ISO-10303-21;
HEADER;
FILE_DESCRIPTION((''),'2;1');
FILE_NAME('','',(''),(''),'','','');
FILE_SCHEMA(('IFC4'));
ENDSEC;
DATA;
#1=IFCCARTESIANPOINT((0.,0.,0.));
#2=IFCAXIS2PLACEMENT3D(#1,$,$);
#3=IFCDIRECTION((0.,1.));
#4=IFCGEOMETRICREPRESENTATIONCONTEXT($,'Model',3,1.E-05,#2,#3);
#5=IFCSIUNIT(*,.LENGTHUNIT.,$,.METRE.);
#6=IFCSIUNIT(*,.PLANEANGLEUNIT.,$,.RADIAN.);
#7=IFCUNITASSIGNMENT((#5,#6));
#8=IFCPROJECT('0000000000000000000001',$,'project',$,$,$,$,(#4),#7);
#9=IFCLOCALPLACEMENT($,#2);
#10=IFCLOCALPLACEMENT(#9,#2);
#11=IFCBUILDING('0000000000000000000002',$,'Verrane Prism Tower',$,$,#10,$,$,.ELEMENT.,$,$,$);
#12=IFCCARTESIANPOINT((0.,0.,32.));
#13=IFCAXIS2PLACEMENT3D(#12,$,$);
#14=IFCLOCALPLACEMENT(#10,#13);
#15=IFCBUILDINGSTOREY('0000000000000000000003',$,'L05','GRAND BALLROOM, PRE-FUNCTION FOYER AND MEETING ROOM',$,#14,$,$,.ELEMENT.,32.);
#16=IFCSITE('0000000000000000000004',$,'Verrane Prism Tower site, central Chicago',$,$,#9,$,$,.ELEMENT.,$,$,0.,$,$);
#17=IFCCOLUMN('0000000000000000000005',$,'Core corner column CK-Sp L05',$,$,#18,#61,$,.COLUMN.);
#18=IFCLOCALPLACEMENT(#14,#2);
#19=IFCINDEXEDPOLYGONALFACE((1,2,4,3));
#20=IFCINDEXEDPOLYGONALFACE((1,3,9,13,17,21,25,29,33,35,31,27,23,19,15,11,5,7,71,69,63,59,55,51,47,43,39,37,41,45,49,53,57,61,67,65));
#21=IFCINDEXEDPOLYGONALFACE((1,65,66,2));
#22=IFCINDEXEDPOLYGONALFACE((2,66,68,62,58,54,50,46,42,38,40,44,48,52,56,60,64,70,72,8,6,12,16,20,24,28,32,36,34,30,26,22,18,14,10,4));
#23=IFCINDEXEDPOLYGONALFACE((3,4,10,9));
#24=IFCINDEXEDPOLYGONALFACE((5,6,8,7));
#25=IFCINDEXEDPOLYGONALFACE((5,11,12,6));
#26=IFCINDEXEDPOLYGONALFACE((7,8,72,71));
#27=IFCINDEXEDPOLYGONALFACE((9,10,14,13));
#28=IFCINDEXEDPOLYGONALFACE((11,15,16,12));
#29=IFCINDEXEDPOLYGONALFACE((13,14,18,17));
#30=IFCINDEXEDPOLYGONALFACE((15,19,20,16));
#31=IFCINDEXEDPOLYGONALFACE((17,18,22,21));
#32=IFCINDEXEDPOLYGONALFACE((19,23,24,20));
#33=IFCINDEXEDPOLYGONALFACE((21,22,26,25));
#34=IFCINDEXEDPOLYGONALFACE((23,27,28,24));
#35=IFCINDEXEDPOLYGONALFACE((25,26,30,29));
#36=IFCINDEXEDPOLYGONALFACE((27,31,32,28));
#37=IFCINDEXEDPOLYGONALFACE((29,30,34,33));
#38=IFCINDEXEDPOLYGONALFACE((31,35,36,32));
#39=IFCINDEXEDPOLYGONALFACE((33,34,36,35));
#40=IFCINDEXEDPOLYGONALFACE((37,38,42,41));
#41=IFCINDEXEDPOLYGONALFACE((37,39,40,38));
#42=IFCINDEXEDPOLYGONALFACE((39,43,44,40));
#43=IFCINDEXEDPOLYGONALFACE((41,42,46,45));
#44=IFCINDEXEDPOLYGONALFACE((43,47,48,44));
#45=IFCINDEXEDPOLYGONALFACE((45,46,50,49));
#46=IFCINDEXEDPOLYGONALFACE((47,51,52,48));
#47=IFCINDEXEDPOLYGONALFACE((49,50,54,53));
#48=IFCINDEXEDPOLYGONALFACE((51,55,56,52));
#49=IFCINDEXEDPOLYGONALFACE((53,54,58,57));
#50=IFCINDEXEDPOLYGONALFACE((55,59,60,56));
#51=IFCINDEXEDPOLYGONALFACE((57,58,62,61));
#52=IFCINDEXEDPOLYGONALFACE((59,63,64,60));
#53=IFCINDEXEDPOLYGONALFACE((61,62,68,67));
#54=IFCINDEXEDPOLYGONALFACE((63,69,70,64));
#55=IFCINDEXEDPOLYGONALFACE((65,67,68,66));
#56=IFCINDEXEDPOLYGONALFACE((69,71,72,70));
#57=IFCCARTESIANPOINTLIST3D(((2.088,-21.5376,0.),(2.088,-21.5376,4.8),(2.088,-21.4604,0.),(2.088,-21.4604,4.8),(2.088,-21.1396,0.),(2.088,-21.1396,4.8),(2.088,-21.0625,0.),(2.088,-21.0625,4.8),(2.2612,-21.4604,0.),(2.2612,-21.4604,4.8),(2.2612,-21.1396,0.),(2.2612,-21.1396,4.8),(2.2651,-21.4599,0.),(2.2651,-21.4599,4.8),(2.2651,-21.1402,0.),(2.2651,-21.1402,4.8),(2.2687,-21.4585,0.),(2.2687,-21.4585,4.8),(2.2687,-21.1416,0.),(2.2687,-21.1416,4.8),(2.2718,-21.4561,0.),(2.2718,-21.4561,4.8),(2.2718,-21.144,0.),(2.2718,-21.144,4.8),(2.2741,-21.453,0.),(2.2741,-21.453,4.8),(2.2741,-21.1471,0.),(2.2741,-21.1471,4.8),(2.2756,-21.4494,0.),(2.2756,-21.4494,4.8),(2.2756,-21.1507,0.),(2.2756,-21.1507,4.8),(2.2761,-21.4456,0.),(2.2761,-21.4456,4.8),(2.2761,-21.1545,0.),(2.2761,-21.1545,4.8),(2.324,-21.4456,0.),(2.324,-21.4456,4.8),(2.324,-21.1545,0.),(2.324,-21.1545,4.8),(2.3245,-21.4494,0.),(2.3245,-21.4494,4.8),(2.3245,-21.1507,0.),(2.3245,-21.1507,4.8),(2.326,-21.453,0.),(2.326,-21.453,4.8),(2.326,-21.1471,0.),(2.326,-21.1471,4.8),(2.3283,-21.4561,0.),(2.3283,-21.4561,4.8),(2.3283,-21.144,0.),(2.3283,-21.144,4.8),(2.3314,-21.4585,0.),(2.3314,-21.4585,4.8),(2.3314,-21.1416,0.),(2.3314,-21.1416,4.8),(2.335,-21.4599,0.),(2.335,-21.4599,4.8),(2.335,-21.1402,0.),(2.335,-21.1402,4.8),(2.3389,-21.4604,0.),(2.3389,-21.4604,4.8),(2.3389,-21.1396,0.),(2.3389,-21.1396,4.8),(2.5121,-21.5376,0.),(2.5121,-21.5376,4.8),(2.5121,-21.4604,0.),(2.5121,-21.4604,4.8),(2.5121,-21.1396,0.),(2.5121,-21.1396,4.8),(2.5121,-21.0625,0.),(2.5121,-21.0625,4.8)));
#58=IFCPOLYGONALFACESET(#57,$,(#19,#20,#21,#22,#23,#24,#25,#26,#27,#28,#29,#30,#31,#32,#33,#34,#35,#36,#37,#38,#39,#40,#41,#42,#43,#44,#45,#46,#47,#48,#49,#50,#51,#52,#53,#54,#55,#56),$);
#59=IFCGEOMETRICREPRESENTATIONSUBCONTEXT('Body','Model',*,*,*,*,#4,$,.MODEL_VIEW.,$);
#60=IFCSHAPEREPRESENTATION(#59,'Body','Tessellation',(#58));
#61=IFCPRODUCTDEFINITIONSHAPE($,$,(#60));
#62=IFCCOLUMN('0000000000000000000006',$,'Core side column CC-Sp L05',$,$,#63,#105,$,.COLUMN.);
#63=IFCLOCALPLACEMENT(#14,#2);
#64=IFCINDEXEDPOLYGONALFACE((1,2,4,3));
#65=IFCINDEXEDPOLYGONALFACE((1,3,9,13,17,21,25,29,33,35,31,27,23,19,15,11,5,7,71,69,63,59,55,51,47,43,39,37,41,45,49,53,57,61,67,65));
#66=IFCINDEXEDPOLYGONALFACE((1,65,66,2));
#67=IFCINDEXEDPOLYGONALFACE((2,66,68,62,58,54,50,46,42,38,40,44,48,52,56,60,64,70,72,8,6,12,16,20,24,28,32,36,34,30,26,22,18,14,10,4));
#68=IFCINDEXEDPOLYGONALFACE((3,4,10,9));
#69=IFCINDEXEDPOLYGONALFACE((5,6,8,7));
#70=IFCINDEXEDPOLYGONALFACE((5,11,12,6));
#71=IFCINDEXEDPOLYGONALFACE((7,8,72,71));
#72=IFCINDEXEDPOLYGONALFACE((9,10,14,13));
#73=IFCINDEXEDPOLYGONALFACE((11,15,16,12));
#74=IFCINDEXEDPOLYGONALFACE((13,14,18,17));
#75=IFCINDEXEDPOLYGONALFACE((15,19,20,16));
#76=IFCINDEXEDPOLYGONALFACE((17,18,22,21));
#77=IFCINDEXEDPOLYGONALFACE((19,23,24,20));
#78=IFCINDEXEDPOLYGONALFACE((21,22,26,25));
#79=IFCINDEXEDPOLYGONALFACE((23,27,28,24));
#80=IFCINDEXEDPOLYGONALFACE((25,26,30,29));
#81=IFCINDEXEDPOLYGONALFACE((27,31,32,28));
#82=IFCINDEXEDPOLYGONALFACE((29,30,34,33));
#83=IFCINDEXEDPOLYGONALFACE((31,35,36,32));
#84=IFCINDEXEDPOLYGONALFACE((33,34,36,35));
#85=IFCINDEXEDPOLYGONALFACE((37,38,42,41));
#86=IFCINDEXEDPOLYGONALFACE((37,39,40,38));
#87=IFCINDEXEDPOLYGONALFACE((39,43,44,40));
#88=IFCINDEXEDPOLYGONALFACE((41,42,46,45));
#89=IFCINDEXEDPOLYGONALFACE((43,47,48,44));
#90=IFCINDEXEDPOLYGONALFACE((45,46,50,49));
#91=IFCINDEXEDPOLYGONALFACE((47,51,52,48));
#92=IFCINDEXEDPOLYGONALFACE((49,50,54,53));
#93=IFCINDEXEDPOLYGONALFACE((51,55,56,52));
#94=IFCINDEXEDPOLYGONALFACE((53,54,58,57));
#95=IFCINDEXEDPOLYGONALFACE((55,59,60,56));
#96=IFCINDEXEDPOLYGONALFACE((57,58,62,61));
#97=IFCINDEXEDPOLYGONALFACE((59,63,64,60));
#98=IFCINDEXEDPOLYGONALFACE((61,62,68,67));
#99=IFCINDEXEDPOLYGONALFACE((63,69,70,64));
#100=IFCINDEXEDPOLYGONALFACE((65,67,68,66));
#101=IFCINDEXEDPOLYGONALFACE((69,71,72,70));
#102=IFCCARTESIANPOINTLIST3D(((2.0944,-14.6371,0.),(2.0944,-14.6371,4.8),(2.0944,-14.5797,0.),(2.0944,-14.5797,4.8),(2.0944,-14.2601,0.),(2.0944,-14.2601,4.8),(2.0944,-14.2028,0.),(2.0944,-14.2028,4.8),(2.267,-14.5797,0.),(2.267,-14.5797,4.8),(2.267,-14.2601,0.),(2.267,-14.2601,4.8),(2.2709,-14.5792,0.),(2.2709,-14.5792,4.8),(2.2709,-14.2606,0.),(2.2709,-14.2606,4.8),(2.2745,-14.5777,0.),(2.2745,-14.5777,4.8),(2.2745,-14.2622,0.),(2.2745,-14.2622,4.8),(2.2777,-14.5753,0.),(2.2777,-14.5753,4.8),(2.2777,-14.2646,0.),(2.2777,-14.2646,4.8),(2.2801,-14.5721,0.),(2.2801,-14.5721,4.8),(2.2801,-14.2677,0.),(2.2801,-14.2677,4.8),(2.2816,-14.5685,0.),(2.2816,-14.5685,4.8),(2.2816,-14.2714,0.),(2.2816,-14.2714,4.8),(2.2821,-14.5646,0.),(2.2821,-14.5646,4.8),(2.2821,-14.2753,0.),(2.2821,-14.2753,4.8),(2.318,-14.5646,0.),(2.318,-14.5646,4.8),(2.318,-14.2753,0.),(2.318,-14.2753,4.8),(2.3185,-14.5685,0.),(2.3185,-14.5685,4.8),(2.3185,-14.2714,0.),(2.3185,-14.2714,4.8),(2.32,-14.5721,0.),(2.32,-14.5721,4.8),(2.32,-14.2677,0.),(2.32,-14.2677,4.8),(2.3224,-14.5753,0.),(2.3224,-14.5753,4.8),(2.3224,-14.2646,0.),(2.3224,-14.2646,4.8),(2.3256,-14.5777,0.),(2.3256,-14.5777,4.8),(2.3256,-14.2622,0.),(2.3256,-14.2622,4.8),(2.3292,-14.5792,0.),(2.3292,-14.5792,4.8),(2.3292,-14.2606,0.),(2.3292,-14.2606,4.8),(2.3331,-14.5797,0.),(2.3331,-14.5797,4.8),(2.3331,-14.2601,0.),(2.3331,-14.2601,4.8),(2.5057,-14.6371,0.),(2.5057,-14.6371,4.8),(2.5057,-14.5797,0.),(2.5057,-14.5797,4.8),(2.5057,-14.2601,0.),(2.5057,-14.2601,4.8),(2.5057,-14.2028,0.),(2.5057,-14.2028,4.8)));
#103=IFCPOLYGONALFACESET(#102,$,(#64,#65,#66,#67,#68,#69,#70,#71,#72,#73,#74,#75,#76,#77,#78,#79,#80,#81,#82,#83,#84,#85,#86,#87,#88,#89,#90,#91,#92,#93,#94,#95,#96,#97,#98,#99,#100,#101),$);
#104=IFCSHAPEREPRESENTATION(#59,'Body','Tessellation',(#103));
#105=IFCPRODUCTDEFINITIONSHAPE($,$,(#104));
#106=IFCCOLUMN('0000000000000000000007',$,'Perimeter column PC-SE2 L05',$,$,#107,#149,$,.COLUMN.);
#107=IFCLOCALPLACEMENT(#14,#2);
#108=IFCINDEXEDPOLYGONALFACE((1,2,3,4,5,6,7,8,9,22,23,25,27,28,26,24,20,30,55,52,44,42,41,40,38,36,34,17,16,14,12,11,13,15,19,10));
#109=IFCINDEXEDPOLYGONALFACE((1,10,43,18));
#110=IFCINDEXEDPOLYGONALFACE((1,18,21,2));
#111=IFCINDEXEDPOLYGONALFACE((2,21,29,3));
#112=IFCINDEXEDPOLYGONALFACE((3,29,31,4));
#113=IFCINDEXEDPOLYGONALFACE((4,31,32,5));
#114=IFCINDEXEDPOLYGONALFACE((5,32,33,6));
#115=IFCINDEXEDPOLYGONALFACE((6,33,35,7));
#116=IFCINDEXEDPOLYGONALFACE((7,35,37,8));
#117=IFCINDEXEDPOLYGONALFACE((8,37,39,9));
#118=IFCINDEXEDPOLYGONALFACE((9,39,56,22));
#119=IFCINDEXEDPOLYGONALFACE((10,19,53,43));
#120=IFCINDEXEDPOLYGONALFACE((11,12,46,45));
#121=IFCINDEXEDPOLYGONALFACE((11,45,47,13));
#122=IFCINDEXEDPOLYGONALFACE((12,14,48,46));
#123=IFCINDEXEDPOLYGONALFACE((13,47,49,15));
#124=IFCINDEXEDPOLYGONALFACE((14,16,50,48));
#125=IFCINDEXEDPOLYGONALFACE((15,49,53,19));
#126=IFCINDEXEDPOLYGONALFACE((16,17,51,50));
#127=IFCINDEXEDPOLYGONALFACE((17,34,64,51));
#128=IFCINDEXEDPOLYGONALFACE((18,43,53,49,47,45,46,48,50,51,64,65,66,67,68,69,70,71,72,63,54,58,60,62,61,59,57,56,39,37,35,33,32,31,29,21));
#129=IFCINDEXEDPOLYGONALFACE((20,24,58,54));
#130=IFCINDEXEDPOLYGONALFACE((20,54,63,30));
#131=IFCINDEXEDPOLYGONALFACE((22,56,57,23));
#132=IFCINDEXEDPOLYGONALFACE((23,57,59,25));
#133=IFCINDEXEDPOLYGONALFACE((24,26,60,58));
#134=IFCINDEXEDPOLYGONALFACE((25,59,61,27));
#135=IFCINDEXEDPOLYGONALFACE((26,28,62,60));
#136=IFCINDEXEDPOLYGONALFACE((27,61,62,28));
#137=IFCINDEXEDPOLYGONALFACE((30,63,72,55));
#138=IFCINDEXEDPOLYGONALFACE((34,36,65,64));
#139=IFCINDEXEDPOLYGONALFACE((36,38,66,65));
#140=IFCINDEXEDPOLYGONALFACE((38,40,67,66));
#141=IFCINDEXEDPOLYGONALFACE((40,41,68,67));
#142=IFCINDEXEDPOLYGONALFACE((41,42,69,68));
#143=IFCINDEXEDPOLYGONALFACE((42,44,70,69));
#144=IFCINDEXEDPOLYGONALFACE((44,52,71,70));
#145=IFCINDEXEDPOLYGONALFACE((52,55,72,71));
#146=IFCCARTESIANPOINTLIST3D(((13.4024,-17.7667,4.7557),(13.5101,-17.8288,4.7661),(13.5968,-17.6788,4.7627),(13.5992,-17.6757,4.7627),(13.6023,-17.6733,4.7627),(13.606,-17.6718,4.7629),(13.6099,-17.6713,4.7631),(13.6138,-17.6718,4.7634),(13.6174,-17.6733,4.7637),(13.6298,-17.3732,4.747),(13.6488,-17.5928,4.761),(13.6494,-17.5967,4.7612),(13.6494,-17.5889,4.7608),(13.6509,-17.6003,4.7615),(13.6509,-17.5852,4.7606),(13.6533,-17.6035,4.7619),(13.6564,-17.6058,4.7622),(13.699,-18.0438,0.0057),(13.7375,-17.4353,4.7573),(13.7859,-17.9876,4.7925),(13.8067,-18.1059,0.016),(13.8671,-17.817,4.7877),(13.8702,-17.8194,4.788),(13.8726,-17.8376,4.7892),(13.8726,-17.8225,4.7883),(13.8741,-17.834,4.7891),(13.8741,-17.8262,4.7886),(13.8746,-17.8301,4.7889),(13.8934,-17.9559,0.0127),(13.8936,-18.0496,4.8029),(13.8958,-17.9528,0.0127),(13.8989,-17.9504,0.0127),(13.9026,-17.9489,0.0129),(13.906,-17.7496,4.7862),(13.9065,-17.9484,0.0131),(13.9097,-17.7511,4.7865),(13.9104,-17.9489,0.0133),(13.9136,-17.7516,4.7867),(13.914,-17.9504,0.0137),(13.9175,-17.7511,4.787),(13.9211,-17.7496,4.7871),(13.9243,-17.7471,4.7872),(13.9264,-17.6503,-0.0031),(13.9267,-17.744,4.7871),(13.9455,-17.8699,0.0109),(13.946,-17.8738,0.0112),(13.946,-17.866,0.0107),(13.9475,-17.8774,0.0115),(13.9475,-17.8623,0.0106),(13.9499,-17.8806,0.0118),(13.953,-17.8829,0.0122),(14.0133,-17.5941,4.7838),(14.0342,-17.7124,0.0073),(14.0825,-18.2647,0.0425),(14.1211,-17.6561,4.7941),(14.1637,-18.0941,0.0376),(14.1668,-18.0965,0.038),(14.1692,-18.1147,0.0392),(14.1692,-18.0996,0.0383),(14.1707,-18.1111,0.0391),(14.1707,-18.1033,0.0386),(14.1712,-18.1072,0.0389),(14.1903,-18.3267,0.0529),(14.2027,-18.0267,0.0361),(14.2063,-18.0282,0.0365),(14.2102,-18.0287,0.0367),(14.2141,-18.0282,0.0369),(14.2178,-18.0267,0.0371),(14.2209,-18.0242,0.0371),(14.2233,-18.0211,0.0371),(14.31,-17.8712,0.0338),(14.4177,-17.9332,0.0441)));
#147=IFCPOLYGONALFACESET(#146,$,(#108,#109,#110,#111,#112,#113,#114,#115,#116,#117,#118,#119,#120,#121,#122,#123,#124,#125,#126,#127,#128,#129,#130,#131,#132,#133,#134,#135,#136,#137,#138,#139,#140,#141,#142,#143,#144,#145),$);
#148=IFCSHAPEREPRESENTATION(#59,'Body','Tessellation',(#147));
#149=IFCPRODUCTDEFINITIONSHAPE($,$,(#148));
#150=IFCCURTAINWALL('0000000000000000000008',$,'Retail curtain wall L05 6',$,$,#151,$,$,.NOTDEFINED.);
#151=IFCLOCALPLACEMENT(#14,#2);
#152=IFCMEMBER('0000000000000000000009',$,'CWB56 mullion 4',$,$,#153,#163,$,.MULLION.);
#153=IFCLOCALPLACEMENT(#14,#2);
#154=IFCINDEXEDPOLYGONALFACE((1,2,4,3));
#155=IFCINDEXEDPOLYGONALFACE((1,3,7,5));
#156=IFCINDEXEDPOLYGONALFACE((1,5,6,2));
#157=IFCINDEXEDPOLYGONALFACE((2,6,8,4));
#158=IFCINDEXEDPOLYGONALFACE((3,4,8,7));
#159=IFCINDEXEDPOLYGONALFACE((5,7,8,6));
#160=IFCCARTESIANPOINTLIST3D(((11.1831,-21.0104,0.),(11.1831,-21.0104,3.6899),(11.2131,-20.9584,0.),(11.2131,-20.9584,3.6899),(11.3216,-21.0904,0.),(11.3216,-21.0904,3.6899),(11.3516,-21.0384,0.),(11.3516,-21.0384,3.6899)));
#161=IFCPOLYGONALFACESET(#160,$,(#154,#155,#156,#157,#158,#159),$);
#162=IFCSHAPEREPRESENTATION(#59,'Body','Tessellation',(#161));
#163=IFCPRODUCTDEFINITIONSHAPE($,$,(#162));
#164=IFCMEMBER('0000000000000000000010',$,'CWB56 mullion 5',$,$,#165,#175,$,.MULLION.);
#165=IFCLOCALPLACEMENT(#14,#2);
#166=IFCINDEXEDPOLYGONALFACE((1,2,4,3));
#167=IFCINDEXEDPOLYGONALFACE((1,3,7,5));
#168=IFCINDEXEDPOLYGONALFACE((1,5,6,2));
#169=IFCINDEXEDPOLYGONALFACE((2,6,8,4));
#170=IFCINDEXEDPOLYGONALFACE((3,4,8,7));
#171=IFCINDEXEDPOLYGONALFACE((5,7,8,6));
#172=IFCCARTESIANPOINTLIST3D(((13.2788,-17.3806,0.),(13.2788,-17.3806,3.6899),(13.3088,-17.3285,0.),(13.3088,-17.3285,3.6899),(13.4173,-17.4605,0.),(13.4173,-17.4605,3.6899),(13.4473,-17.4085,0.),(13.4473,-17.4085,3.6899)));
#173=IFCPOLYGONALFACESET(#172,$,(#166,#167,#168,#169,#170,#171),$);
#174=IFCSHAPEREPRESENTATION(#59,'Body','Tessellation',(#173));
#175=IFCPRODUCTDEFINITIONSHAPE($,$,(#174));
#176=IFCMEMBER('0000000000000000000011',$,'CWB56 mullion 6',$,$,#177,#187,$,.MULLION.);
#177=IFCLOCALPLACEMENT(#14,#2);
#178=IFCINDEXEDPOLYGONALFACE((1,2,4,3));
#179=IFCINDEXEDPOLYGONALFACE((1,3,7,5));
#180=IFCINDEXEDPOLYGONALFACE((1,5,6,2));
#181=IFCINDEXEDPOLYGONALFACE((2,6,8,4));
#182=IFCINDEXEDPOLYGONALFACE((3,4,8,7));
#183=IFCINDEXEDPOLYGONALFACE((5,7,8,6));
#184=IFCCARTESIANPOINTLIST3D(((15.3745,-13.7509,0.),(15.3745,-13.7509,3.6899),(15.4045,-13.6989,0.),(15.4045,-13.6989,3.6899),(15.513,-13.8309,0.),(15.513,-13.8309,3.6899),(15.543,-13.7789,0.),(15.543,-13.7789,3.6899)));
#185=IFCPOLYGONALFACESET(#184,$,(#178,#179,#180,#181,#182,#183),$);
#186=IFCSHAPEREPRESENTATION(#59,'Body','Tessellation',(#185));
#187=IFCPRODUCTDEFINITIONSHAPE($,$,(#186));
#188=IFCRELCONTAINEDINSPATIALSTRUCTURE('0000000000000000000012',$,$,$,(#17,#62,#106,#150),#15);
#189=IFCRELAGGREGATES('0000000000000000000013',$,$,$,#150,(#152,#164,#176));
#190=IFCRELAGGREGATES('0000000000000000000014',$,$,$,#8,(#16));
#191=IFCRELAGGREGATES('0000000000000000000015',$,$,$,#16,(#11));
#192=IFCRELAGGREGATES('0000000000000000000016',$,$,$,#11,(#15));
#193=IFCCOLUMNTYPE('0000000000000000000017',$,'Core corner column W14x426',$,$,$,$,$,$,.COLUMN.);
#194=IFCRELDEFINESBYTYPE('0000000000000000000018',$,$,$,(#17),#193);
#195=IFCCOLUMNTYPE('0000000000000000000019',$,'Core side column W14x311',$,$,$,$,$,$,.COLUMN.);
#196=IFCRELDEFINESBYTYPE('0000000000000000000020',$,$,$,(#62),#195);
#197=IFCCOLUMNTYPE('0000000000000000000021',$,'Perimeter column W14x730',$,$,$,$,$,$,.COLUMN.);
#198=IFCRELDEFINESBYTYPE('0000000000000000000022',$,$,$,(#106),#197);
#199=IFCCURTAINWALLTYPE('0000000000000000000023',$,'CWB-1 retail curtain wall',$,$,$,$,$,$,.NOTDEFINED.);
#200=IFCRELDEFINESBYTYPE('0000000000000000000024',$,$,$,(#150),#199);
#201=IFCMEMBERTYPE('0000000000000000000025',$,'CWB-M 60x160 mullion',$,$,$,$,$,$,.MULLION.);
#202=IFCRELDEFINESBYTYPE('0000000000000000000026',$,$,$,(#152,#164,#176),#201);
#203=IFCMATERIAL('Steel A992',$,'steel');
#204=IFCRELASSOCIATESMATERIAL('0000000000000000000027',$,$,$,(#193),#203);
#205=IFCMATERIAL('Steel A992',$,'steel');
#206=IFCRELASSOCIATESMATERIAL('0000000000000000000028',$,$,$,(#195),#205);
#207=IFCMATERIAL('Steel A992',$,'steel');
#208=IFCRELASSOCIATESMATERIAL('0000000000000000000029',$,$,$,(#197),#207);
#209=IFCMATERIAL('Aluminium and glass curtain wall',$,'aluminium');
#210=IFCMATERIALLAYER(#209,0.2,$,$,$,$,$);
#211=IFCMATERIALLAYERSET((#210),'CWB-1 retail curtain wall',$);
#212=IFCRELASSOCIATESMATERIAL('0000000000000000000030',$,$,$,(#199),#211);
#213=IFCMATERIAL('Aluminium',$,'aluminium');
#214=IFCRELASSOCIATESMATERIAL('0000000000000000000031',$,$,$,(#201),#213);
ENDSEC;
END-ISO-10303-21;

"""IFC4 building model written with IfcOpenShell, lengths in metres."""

from ifc_helpers import new_model, si_unit, direction, frame, origin, origin_2d, place, context, subcontext, project, spatial, rectangle, i_section, extrude, material, layer, layer_set, material_profile, profile_set, type_object, element, aggregate, save


model = new_model("IFC4")

# Units and contexts
model_context = context("Model", 3, precision=1e-05, world=origin(), true_north=direction((0.0, 1.0)))
body_context = subcontext(model_context, "Body", "Model", "MODEL_VIEW")
ifc_project = project(units=[si_unit("LENGTHUNIT", "METRE"), si_unit("PLANEANGLEUNIT", "RADIAN")], contexts=[model_context])

# Site, building, storey
site_placement = place(None, origin())
site = spatial("IfcSite", under=ifc_project, at=site_placement, Name="Verrane Prism Tower site, central Chicago", CompositionType="ELEMENT", RefElevation=0.0)
building_placement = place(site_placement, origin())
building = spatial("IfcBuilding", under=site, at=building_placement, Name="Verrane Prism Tower", CompositionType="ELEMENT")
storey_placement = place(building_placement, frame((0.0, 0.0, 32.0)))
storey = spatial("IfcBuildingStorey", under=building, at=storey_placement, Name="L05", Description="GRAND BALLROOM, PRE-FUNCTION FOYER AND MEETING ROOM", CompositionType="ELEMENT", Elevation=32.0)

# Columns
ifc_material_1 = material(Name="Steel A992", Category="steel")
ifc_material_profile_1 = material_profile(ifc_material_1, i_section(OverallWidth=0.4241, OverallDepth=0.4751, WebThickness=0.0479, FlangeThickness=0.0771, FilletRadius=0.0149, at=origin_2d()), Name="W14x426")
ifc_profile_set_1 = profile_set([ifc_material_profile_1], Name="Steel A992")
column_type_1 = type_object("IfcColumnType", Name="Core corner column W14x426", PredefinedType="COLUMN", material=ifc_profile_set_1)
column_1_placement = place(storey_placement, frame((2.3, -21.3, 0.0), z_axis=(0.0, 0.0, 1.0), x_axis=(-1.0, 0.0, 0.0)))
element("IfcColumn", 1, at=column_1_placement, inside=storey, type_object=column_type_1, Name="Core corner column CK-Sp L05", PredefinedType="COLUMN", context=body_context, shape_type="SweptSolid", body=[
    extrude(i_section(OverallWidth=0.4241, OverallDepth=0.4751, WebThickness=0.0479, FlangeThickness=0.0771, FilletRadius=0.0149, at=origin_2d()), origin(), (0.0, 0.0, 1.0), 4.8),
])
ifc_material_2 = material(Name="Steel A992", Category="steel")
ifc_material_profile_2 = material_profile(ifc_material_2, i_section(OverallWidth=0.4114, OverallDepth=0.4343, WebThickness=0.0359, FlangeThickness=0.0574, FilletRadius=0.0151, at=origin_2d()), Name="W14x311")
ifc_profile_set_2 = profile_set([ifc_material_profile_2], Name="Steel A992")
column_type_2 = type_object("IfcColumnType", Name="Core side column W14x311", PredefinedType="COLUMN", material=ifc_profile_set_2)
column_2_placement = place(storey_placement, frame((2.3, -14.4199, 0.0), z_axis=(0.0, 0.0, 1.0), x_axis=(1.0, 0.0, 0.0)))
element("IfcColumn", 2, at=column_2_placement, inside=storey, type_object=column_type_2, Name="Core side column CC-Sp L05", PredefinedType="COLUMN", context=body_context, shape_type="SweptSolid", body=[
    extrude(i_section(OverallWidth=0.4114, OverallDepth=0.4343, WebThickness=0.0359, FlangeThickness=0.0574, FilletRadius=0.0151, at=origin_2d()), origin(), (0.0, 0.0, 1.0), 4.8),
])
ifc_material_3 = material(Name="Steel A992", Category="steel")
ifc_material_profile_3 = material_profile(ifc_material_3, i_section(OverallWidth=0.4546, OverallDepth=0.5688, WebThickness=0.0779, FlangeThickness=0.1248, FilletRadius=0.0151, at=origin_2d()), Name="W14x730")
ifc_profile_set_3 = profile_set([ifc_material_profile_3], Name="Steel A992")
column_type_3 = type_object("IfcColumnType", Name="Perimeter column W14x730", PredefinedType="COLUMN", material=ifc_profile_set_3)
column_3_placement = place(storey_placement, frame((14.0583, -17.9885, 0.0249), z_axis=(-0.062222, 0.058125, 0.996368), x_axis=(-0.500287, -0.865646, 0.019257)))
element("IfcColumn", 3, at=column_3_placement, inside=storey, type_object=column_type_3, Name="Perimeter column PC-SE2 L05", PredefinedType="COLUMN", context=body_context, shape_type="SweptSolid", body=[
    extrude(i_section(OverallWidth=0.4546, OverallDepth=0.5688, WebThickness=0.0779, FlangeThickness=0.1248, FilletRadius=0.0151, at=origin_2d()), origin(), (0.0, 0.0, 1.0), 4.7673),
])

# Curtain wall, members
ifc_material_4 = material(Name="Aluminium and glass curtain wall", Category="aluminium")
ifc_layer_1 = layer(ifc_material_4, 0.2)
ifc_layer_set_1 = layer_set([ifc_layer_1], Name="CWB-1 retail curtain wall")
curtain_wall_type = type_object("IfcCurtainWallType", Name="CWB-1 retail curtain wall", PredefinedType="NOTDEFINED", material=ifc_layer_set_1)
curtain_wall_placement = place(storey_placement, origin())
curtain_wall = element("IfcCurtainWall", 4, at=curtain_wall_placement, inside=storey, type_object=curtain_wall_type, Name="Retail curtain wall L05 6", PredefinedType="NOTDEFINED")
ifc_material_5 = material(Name="Aluminium", Category="aluminium")
ifc_material_profile_4 = material_profile(ifc_material_5, rectangle(XDim=0.1599, YDim=0.0601, at=origin_2d()), Name="CWB-M 60x160 mullion")
ifc_profile_set_4 = profile_set([ifc_material_profile_4], Name="Aluminium")
member_type_1 = type_object("IfcMemberType", Name="CWB-M 60x160 mullion", PredefinedType="MULLION", material=ifc_profile_set_4)
member_1_placement = place(storey_placement, frame((11.2673, -21.0244, 0.0), z_axis=(0.0, 0.0, 1.0), x_axis=(-0.866025, 0.5, 0.0)))
member_1 = element("IfcMember", 5, at=member_1_placement, type_object=member_type_1, Name="CWB56 mullion 4", PredefinedType="MULLION", context=body_context, shape_type="SweptSolid", body=[
    extrude(rectangle(XDim=0.1599, YDim=0.0601, at=origin_2d()), origin(), (0.0, 0.0, 1.0), 3.6899),
])
member_2_placement = place(storey_placement, frame((13.363, -17.3945, 0.0), z_axis=(0.0, 0.0, 1.0), x_axis=(-0.866025, 0.5, 0.0)))
member_2 = element("IfcMember", 6, at=member_2_placement, type_object=member_type_1, Name="CWB56 mullion 5", PredefinedType="MULLION", context=body_context, shape_type="SweptSolid", body=[
    extrude(rectangle(XDim=0.1599, YDim=0.0601, at=origin_2d()), origin(), (0.0, 0.0, 1.0), 3.6899),
])
member_3_placement = place(storey_placement, frame((15.4587, -13.7649, 0.0), z_axis=(0.0, 0.0, 1.0), x_axis=(-0.866025, 0.5, 0.0)))
member_3 = element("IfcMember", 7, at=member_3_placement, type_object=member_type_1, Name="CWB56 mullion 6", PredefinedType="MULLION", context=body_context, shape_type="SweptSolid", body=[
    extrude(rectangle(XDim=0.1599, YDim=0.0601, at=origin_2d()), origin(), (0.0, 0.0, 1.0), 3.6899),
])

aggregate(curtain_wall, [member_1, member_2, member_3])

save(model, "model.ifc")
